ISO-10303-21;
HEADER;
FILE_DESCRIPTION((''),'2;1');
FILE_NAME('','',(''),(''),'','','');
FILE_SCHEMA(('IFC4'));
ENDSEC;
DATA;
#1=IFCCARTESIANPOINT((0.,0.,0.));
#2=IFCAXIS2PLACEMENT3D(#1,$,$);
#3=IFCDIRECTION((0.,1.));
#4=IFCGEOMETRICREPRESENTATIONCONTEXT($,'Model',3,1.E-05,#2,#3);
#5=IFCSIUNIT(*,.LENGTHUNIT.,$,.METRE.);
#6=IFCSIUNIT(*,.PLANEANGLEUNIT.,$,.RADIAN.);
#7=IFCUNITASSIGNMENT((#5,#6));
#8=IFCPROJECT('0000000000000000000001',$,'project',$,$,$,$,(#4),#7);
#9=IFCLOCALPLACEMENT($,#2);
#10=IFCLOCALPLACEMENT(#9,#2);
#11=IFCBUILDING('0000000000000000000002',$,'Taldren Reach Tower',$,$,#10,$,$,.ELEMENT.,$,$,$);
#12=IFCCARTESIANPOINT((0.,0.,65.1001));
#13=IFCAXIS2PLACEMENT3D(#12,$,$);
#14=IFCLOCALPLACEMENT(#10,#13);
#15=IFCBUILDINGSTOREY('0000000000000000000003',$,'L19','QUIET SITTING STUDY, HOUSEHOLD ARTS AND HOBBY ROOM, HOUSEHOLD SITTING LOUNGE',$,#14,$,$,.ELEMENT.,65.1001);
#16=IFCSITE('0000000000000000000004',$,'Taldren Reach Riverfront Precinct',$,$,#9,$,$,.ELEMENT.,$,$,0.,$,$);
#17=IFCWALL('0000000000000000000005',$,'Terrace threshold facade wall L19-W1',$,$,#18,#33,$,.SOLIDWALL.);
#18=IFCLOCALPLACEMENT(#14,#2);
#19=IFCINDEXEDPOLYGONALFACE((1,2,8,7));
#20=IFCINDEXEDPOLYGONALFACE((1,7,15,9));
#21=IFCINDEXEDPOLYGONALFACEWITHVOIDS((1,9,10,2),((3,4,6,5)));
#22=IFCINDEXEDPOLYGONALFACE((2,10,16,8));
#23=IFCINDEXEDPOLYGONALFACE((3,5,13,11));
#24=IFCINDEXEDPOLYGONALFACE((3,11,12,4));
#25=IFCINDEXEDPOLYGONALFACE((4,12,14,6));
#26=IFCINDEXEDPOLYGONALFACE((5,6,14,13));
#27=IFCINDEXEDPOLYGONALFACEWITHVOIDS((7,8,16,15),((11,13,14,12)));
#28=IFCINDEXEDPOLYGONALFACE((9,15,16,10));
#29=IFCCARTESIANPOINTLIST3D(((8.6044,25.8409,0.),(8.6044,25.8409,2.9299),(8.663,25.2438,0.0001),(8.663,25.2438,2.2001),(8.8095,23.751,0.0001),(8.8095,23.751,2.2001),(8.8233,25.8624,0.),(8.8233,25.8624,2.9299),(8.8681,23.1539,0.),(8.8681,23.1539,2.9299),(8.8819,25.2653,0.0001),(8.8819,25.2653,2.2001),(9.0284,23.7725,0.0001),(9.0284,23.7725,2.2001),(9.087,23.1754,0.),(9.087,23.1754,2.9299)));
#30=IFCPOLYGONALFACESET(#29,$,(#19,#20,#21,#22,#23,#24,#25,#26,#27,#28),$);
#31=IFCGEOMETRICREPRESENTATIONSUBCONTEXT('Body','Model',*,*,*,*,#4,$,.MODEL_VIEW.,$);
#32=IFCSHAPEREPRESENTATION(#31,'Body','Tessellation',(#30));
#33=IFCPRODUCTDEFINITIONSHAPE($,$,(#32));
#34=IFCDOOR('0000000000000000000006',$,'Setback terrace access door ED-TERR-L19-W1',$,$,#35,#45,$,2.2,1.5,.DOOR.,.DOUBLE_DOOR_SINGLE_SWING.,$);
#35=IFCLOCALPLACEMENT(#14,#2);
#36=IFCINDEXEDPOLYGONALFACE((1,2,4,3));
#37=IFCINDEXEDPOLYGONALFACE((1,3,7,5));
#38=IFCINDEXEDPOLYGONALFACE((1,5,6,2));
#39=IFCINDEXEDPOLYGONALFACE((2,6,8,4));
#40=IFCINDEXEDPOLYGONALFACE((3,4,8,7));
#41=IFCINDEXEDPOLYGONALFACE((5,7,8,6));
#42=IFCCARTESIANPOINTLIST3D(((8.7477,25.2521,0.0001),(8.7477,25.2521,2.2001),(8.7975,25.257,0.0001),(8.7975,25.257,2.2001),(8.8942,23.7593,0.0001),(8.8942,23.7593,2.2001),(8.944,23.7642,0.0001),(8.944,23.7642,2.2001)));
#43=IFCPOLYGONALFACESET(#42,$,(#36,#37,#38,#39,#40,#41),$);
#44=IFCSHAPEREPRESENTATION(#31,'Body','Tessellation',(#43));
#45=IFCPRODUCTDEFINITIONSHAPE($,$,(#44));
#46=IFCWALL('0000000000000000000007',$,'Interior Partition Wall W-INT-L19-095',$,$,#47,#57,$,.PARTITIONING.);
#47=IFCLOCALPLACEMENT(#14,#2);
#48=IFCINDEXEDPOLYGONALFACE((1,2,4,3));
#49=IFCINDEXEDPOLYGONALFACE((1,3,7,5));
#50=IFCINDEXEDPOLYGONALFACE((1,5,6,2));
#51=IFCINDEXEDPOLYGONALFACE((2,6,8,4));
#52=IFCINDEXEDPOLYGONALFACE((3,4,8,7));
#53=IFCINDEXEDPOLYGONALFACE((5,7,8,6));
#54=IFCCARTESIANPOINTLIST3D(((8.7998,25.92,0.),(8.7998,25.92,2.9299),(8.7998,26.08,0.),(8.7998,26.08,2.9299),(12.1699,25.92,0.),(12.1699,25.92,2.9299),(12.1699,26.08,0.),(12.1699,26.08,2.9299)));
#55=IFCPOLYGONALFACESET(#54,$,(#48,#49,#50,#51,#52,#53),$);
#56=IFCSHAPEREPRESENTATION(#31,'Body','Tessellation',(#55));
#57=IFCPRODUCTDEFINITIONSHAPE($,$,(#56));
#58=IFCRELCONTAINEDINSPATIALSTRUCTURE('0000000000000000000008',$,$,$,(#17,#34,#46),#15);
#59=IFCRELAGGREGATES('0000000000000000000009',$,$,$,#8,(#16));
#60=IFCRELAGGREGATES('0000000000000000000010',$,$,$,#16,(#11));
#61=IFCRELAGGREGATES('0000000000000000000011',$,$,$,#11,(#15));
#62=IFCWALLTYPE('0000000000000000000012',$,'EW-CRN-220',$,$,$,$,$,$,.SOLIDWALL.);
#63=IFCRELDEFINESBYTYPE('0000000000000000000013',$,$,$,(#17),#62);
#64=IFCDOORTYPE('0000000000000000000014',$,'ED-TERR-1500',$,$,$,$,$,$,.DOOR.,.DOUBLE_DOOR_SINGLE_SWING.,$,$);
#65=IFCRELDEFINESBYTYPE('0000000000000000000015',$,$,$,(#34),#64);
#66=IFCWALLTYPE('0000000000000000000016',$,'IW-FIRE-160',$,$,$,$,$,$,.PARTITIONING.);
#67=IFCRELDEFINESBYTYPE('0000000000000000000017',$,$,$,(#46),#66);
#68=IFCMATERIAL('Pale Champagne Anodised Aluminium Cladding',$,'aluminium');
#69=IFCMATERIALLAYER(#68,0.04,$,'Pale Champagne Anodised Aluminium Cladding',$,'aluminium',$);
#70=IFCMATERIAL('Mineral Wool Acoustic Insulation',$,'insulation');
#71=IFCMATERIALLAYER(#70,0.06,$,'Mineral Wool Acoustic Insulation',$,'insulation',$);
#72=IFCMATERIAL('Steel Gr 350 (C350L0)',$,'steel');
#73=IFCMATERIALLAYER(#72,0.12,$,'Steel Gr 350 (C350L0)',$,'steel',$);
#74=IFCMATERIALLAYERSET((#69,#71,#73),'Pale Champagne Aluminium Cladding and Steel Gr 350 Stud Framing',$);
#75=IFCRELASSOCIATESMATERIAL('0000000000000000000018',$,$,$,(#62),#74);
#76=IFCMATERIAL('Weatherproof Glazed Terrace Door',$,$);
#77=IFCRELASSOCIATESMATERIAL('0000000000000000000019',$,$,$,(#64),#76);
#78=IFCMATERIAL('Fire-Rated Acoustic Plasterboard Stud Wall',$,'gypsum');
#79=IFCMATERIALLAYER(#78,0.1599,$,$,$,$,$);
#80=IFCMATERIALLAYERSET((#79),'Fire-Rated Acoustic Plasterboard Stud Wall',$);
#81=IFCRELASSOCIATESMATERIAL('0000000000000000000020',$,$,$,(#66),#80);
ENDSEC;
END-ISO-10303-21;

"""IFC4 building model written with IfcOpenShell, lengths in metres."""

from ifc_helpers import new_model, si_unit, direction, frame, frame_2d, origin, place, context, subcontext, project, spatial, rectangle, extrude, source, transform, mapped, material, layer, layer_set, type_object, element, fill, save


model = new_model("IFC4")

# Units and contexts
model_context = context("Model", 3, precision=1e-05, world=origin(), true_north=direction((0.0, 1.0)))
body_context = subcontext(model_context, "Body", "Model", "MODEL_VIEW")
ifc_project = project(units=[si_unit("LENGTHUNIT", "METRE"), si_unit("PLANEANGLEUNIT", "RADIAN")], contexts=[model_context])

# Site, building, storey
site_placement = place(None, origin())
site = spatial("IfcSite", under=ifc_project, at=site_placement, Name="Taldren Reach Riverfront Precinct", CompositionType="ELEMENT", RefElevation=0.0)
building_placement = place(site_placement, origin())
building = spatial("IfcBuilding", under=site, at=building_placement, Name="Taldren Reach Tower", CompositionType="ELEMENT")
storey_placement = place(building_placement, frame((0.0, 0.0, 65.1001)))
storey = spatial("IfcBuildingStorey", under=building, at=storey_placement, Name="L19", Description="QUIET SITTING STUDY, HOUSEHOLD ARTS AND HOBBY ROOM, HOUSEHOLD SITTING LOUNGE", CompositionType="ELEMENT", Elevation=65.1001)

# Shared definitions
ifc_material_1 = material(Name="Steel Gr 350 (C350L0)", Category="steel")

# Wall, opening, door
ifc_material_2 = material(Name="Pale Champagne Anodised Aluminium Cladding", Category="aluminium")
ifc_layer_1 = layer(ifc_material_2, 0.04, Name="Pale Champagne Anodised Aluminium Cladding", Category="aluminium")
ifc_material_3 = material(Name="Mineral Wool Acoustic Insulation", Category="insulation")
ifc_layer_2 = layer(ifc_material_3, 0.06, Name="Mineral Wool Acoustic Insulation", Category="insulation")
ifc_layer_3 = layer(ifc_material_1, 0.12, Name="Steel Gr 350 (C350L0)", Category="steel")
ifc_layer_set_1 = layer_set([ifc_layer_1, ifc_layer_2, ifc_layer_3], Name="Pale Champagne Aluminium Cladding and Steel Gr 350 Stud Framing")
wall_type_1 = type_object("IfcWallType", Name="EW-CRN-220", PredefinedType="SOLIDWALL", material=ifc_layer_set_1)
shared_shape_1 = source(origin(), body_context, "Body", "SweptSolid", [
    extrude(rectangle(XDim=2.7, YDim=0.22, at=frame_2d((1.3501, 0.0))), origin(), (0.0, 0.0, 1.0), 2.9299),
])
wall_1_placement = place(storey_placement, frame((8.7139, 25.8518, 0.0), z_axis=(0.0, 0.0, 1.0), x_axis=(0.097659, -0.99522, 0.0)))
wall_1 = element("IfcWall", 1, at=wall_1_placement, inside=storey, type_object=wall_type_1, Name="Terrace threshold facade wall L19-W1", PredefinedType="SOLIDWALL", context=body_context, shape_type="MappedRepresentation", body=[
    mapped(shared_shape_1, transform((0.0, 0.0, 0.0), scale=1.0)),
])
shared_shape_2 = source(origin(), body_context, "Body", "SweptSolid", [
    extrude(rectangle(XDim=1.5, YDim=2.2, at=frame_2d((0.75, 1.1001))), frame((0.0, 0.1201, 0.0), z_axis=(0.0, -1.0, 0.0), x_axis=(1.0, 0.0, 0.0)), (0.0, 0.0, 1.0), 0.24),
])
opening_placement = place(wall_1_placement, frame((0.6001, 0.0, 0.0)))
opening = element("IfcOpeningElement", 2, at=opening_placement, cuts=wall_1, PredefinedType="OPENING", context=body_context, shape_type="MappedRepresentation", body=[
    mapped(shared_shape_2, transform((0.0, 0.0, 0.0), scale=1.0)),
])
ifc_material_4 = material(Name="Weatherproof Glazed Terrace Door")
door_type = type_object("IfcDoorType", Name="ED-TERR-1500", OperationType="DOUBLE_DOOR_SINGLE_SWING", PredefinedType="DOOR", material=ifc_material_4)
shared_shape_3 = source(origin(), body_context, "Body", "SweptSolid", [
    extrude(rectangle(XDim=1.5, YDim=2.2, at=frame_2d((0.75, 1.1001))), frame((0.0, 0.0249, 0.0), z_axis=(0.0, -1.0, 0.0), x_axis=(1.0, 0.0, 0.0)), (0.0, 0.0, 1.0), 0.05),
])
door_placement = place(opening_placement, frame((1.5, 0.0, 0.0), z_axis=(0.0, 0.0, 1.0), x_axis=(-1.0, 0.0, 0.0)))
door = element("IfcDoor", 3, at=door_placement, inside=storey, type_object=door_type, Name="Setback terrace access door ED-TERR-L19-W1", OperationType="DOUBLE_DOOR_SINGLE_SWING", OverallHeight=2.2, OverallWidth=1.5, PredefinedType="DOOR", context=body_context, shape_type="MappedRepresentation", body=[
    mapped(shared_shape_3, transform((0.0, 0.0, 0.0), scale=1.0)),
])
fill(opening, door)

# Wall
ifc_material_5 = material(Name="Fire-Rated Acoustic Plasterboard Stud Wall", Category="gypsum")
ifc_layer_4 = layer(ifc_material_5, 0.1599)
ifc_layer_set_2 = layer_set([ifc_layer_4], Name="Fire-Rated Acoustic Plasterboard Stud Wall")
wall_type_2 = type_object("IfcWallType", Name="IW-FIRE-160", PredefinedType="PARTITIONING", material=ifc_layer_set_2)
shared_shape_4 = source(origin(), body_context, "Body", "SweptSolid", [
    extrude(rectangle(XDim=3.3701, YDim=0.1599, at=frame_2d((1.6851, 0.0))), origin(), (0.0, 0.0, 1.0), 2.9299),
])
wall_2_placement = place(storey_placement, frame((8.7998, 26.0, 0.0), z_axis=(0.0, 0.0, 1.0), x_axis=(1.0, 0.0, 0.0)))
element("IfcWall", 4, at=wall_2_placement, inside=storey, type_object=wall_type_2, Name="Interior Partition Wall W-INT-L19-095", PredefinedType="PARTITIONING", context=body_context, shape_type="MappedRepresentation", body=[
    mapped(shared_shape_4, transform((0.0, 0.0, 0.0), scale=1.0)),
])

save(model, "model.ifc")
